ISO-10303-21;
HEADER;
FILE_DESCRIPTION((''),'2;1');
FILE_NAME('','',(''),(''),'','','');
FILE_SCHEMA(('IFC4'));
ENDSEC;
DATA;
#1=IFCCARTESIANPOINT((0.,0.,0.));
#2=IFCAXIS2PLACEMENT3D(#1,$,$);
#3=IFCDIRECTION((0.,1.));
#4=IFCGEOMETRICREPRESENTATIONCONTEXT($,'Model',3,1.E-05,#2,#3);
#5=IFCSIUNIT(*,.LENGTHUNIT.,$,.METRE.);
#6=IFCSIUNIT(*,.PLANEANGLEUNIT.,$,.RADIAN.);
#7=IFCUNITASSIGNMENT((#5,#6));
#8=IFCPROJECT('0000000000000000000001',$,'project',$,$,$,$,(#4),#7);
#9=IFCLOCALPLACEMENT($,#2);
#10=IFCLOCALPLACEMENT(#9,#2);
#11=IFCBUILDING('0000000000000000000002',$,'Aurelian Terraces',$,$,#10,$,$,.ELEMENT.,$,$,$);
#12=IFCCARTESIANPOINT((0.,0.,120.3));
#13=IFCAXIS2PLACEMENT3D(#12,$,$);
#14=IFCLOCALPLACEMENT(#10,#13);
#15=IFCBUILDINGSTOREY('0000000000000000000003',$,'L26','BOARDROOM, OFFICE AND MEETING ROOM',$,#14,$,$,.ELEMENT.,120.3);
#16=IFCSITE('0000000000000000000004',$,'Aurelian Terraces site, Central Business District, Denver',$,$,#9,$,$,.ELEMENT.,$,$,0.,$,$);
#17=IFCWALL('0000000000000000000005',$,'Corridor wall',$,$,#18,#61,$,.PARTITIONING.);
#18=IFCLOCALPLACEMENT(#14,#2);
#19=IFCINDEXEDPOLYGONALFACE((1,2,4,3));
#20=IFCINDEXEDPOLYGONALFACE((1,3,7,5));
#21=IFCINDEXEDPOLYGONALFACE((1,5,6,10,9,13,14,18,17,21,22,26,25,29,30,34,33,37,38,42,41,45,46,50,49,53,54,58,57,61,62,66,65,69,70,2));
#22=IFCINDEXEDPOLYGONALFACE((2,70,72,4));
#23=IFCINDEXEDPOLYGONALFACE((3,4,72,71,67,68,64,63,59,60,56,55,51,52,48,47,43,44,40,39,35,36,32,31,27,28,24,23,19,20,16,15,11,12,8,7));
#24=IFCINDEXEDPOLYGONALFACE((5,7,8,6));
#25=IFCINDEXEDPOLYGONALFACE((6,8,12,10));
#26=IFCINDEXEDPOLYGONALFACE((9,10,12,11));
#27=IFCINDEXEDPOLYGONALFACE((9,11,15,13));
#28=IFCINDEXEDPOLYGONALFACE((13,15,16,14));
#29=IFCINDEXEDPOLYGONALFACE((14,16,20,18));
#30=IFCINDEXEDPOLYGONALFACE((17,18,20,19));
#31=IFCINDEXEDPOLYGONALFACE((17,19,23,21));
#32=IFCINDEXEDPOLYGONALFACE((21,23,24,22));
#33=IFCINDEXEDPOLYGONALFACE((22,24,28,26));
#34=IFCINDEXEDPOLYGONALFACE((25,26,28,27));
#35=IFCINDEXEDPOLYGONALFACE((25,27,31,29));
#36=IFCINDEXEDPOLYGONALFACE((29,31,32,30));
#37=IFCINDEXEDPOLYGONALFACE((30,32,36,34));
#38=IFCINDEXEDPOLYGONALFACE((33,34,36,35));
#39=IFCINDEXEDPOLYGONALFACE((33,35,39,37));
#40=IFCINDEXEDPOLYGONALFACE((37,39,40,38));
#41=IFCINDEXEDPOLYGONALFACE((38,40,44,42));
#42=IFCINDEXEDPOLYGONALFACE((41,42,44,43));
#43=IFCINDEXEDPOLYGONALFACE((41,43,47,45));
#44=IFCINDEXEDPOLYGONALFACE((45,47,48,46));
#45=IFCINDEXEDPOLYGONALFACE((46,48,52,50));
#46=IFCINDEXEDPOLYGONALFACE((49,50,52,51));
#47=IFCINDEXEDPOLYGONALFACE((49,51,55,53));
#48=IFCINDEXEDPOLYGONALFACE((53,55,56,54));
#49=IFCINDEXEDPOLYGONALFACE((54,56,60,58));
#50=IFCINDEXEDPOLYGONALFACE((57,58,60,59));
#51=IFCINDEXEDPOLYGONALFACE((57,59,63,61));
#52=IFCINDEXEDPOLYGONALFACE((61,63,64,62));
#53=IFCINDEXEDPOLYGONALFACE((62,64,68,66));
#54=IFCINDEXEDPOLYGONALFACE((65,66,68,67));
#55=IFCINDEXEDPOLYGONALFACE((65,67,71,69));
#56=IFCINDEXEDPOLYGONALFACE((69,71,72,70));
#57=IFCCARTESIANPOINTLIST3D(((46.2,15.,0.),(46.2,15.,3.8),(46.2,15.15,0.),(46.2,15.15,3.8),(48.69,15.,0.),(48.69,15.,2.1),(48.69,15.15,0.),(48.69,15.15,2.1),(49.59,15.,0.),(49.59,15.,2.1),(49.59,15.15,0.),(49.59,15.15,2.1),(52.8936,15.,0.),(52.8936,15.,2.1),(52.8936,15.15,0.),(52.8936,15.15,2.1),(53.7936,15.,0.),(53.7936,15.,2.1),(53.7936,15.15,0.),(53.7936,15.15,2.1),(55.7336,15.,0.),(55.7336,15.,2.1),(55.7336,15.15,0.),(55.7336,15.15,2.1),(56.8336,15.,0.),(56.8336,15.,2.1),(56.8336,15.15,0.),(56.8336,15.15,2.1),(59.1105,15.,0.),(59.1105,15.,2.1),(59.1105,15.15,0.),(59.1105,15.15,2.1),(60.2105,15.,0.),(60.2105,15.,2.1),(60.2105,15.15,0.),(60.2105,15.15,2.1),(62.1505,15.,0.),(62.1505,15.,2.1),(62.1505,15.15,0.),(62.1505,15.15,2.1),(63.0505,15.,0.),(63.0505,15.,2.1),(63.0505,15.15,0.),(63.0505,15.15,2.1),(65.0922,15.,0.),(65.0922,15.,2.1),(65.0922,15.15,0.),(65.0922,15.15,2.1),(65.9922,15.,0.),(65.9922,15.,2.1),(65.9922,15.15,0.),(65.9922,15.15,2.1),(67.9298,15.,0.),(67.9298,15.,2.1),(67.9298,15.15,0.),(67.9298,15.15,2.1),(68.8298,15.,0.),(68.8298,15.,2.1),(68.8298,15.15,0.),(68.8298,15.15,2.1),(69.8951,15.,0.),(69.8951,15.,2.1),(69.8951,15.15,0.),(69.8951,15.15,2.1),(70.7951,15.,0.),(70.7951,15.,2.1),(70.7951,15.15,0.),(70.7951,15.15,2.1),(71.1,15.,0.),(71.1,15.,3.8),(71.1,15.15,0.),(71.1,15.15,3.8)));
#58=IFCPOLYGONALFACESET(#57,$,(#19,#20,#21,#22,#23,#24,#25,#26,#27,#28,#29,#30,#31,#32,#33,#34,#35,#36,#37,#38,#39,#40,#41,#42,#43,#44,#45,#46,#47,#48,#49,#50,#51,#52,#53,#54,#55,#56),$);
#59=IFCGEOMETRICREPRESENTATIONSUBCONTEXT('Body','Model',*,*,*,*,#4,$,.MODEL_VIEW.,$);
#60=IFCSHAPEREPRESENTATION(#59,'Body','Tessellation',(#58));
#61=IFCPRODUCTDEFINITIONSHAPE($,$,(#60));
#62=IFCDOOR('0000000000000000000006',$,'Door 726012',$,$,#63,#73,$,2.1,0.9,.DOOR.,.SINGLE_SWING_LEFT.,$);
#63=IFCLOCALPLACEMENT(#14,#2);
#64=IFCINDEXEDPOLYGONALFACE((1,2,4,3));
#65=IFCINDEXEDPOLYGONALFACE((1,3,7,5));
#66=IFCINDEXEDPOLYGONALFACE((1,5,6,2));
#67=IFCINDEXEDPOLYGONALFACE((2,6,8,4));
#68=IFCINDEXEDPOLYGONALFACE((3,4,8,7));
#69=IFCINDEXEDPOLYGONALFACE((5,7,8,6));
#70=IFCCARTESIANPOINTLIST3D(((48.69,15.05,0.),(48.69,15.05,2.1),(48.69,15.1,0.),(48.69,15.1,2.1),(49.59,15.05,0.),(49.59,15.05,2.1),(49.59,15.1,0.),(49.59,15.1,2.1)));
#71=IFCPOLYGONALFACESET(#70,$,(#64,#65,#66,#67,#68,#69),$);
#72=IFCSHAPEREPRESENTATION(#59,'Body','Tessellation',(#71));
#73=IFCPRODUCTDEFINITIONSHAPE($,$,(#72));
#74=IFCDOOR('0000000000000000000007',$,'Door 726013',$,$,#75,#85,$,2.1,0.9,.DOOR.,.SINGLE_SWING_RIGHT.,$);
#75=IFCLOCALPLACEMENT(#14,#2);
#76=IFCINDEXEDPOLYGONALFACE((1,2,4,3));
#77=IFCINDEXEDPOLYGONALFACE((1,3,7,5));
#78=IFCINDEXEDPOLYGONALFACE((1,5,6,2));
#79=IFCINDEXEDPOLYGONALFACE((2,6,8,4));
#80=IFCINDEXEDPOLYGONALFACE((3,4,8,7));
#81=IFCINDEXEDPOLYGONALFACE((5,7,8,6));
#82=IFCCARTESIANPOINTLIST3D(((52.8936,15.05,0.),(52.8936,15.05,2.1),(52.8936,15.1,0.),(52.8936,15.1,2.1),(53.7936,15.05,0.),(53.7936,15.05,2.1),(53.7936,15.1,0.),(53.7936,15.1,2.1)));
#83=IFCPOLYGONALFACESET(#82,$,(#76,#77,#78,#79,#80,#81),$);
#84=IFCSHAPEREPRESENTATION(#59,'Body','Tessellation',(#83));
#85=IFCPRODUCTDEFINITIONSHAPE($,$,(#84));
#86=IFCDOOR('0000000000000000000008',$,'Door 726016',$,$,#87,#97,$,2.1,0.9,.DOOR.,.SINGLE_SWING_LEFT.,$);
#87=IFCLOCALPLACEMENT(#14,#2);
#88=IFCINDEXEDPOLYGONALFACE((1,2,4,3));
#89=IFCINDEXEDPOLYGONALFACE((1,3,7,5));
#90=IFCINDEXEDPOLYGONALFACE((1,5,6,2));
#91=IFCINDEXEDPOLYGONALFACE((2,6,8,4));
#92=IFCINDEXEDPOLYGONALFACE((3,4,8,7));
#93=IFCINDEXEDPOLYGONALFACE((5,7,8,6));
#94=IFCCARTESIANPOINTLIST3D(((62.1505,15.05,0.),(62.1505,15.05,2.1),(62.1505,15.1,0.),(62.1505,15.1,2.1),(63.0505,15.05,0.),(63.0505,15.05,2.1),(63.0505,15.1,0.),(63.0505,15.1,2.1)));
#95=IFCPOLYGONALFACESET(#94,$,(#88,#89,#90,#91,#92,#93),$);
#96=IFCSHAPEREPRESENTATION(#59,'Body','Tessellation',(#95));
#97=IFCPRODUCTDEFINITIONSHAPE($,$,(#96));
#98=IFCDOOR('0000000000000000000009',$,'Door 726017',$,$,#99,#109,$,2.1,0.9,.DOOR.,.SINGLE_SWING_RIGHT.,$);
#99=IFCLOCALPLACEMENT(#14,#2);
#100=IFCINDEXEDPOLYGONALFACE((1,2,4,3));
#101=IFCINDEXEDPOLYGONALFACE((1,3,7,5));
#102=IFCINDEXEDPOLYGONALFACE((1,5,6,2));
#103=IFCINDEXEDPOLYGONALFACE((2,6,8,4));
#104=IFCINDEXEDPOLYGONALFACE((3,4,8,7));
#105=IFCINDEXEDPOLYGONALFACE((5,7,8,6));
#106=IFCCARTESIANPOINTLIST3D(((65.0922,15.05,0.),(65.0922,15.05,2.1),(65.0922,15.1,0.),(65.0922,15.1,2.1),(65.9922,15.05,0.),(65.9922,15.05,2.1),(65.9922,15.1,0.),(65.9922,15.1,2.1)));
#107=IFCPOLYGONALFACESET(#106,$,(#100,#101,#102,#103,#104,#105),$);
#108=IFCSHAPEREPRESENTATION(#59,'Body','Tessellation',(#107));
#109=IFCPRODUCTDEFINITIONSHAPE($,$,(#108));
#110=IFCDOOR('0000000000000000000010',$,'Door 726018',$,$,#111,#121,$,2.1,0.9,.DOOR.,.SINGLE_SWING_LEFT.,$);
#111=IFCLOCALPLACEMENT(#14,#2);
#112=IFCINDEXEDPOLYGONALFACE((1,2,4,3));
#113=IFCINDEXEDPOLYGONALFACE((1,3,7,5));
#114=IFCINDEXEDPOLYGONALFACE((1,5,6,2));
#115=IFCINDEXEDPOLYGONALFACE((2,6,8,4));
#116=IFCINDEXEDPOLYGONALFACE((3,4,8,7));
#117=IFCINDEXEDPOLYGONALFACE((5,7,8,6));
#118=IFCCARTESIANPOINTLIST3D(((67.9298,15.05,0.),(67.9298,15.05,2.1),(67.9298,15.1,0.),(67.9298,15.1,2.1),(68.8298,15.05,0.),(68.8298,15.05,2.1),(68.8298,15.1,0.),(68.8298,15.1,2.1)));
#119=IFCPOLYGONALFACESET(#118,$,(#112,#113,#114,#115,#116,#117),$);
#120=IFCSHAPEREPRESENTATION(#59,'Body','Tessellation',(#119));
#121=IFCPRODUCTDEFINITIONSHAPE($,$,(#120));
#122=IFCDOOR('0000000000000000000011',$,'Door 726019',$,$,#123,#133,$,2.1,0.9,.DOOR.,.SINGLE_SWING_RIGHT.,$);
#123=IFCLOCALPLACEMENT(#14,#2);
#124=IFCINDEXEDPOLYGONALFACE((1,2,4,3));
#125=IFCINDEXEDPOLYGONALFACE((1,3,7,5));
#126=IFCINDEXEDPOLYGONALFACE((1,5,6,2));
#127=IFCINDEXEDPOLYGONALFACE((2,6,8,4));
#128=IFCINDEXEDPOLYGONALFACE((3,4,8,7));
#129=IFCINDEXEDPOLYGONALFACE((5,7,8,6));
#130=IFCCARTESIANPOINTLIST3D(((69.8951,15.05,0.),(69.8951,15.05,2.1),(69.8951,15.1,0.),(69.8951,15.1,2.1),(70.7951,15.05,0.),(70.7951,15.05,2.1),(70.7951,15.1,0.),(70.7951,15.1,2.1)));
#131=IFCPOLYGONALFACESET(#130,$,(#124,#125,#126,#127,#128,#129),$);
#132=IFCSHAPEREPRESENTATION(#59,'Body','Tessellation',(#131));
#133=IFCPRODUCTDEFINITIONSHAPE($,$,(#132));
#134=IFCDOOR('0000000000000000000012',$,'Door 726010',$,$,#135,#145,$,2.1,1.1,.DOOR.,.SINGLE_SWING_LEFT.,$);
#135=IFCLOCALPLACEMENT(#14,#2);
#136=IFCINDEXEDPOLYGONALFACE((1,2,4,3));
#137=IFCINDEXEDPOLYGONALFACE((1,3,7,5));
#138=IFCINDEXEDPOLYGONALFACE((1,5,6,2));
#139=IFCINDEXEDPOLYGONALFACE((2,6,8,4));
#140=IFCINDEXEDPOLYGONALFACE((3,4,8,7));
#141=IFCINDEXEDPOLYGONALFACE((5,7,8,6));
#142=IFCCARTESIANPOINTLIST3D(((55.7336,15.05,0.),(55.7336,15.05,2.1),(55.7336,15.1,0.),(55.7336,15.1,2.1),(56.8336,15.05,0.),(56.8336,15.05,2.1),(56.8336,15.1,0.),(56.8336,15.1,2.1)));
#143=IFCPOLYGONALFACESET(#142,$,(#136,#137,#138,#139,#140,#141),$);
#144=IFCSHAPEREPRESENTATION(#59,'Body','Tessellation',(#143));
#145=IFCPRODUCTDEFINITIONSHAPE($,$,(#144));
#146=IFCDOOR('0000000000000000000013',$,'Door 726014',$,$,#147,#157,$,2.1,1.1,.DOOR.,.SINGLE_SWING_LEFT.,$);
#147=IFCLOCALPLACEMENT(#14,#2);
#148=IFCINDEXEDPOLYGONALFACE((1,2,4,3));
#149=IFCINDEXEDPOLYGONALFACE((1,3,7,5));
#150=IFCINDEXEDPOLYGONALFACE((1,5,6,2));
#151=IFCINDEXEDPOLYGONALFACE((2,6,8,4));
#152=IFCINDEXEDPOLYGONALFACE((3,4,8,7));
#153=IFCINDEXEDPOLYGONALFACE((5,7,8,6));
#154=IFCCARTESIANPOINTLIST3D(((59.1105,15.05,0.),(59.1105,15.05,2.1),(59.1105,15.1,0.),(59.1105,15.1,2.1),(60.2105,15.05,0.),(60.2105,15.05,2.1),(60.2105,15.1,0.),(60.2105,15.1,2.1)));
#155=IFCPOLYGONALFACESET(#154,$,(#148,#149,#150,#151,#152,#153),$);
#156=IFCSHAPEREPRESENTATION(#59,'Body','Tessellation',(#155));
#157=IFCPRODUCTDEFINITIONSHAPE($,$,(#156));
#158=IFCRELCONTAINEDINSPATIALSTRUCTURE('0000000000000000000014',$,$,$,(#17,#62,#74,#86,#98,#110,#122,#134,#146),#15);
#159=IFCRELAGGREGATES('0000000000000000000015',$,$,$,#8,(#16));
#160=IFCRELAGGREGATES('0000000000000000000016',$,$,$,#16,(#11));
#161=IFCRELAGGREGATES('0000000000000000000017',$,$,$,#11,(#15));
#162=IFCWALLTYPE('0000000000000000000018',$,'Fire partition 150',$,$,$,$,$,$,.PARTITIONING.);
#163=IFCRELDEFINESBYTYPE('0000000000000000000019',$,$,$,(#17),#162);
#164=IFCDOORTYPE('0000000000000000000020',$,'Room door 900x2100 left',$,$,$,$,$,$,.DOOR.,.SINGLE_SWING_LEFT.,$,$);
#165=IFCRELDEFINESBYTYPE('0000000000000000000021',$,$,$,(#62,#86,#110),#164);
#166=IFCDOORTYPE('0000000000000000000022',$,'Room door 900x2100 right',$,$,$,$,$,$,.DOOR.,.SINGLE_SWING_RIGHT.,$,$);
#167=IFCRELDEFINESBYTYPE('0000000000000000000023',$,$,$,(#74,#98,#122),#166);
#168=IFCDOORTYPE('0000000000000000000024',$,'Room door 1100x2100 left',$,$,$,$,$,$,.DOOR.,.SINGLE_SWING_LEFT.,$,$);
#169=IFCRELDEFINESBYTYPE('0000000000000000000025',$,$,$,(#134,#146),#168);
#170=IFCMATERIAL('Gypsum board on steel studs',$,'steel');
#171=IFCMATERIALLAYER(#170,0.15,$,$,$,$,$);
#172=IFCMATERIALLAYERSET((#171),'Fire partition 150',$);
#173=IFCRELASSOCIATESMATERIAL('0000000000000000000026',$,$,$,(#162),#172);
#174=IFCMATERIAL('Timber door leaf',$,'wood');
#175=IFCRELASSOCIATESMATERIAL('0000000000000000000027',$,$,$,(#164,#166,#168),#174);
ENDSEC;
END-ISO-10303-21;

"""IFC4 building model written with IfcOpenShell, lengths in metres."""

from ifc_helpers import new_model, si_unit, direction, frame, frame_2d, origin, place, context, subcontext, project, spatial, rectangle, extrude, source, transform, mapped, material, layer, layer_set, type_object, element, fill, save


model = new_model("IFC4")

# Units and contexts
model_context = context("Model", 3, precision=1e-05, world=origin(), true_north=direction((0.0, 1.0)))
body_context = subcontext(model_context, "Body", "Model", "MODEL_VIEW")
ifc_project = project(units=[si_unit("LENGTHUNIT", "METRE"), si_unit("PLANEANGLEUNIT", "RADIAN")], contexts=[model_context])

# Site, building, storey
site_placement = place(None, origin())
site = spatial("IfcSite", under=ifc_project, at=site_placement, Name="Aurelian Terraces site, Central Business District, Denver", CompositionType="ELEMENT", RefElevation=0.0)
building_placement = place(site_placement, origin())
building = spatial("IfcBuilding", under=site, at=building_placement, Name="Aurelian Terraces", CompositionType="ELEMENT")
storey_placement = place(building_placement, frame((0.0, 0.0, 120.3)))
storey = spatial("IfcBuildingStorey", under=building, at=storey_placement, Name="L26", Description="BOARDROOM, OFFICE AND MEETING ROOM", CompositionType="ELEMENT", Elevation=120.3)

# Wall, openings, doors
ifc_material_1 = material(Name="Gypsum board on steel studs", Category="steel")
ifc_layer_1 = layer(ifc_material_1, 0.15)
ifc_layer_set_1 = layer_set([ifc_layer_1], Name="Fire partition 150")
wall_type_1 = type_object("IfcWallType", Name="Fire partition 150", PredefinedType="PARTITIONING", material=ifc_layer_set_1)
shared_shape_1 = source(origin(), body_context, "Body", "SweptSolid", [
    extrude(rectangle(XDim=24.9, YDim=0.15, at=frame_2d((12.45, 0.0))), origin(), (0.0, 0.0, 1.0), 3.8),
])
wall_1_placement = place(storey_placement, frame((71.1, 15.075, 0.0), z_axis=(0.0, 0.0, 1.0), x_axis=(-1.0, 0.0, 0.0)))
wall_1 = element("IfcWall", 1, at=wall_1_placement, inside=storey, type_object=wall_type_1, Name="Corridor wall", PredefinedType="PARTITIONING", context=body_context, shape_type="MappedRepresentation", body=[
    mapped(shared_shape_1, transform((0.0, 0.0, 0.0), scale=1.0)),
])
shared_shape_2 = source(origin(), body_context, "Body", "SweptSolid", [
    extrude(rectangle(XDim=1.1, YDim=2.1, at=frame_2d((0.55, 1.05))), frame((0.0, 0.085, 0.0), z_axis=(0.0, -1.0, 0.0), x_axis=(1.0, 0.0, 0.0)), (0.0, 0.0, 1.0), 0.17),
])
opening_1_placement = place(wall_1_placement, frame((14.2664, 0.0, 0.0)))
opening_1 = element("IfcOpeningElement", 2, at=opening_1_placement, cuts=wall_1, PredefinedType="OPENING", context=body_context, shape_type="MappedRepresentation", body=[
    mapped(shared_shape_2, transform((0.0, 0.0, 0.0), scale=1.0)),
])
shared_shape_3 = source(origin(), body_context, "Body", "SweptSolid", [
    extrude(rectangle(XDim=0.9, YDim=2.1, at=frame_2d((0.45, 1.05))), frame((0.0, 0.085, 0.0), z_axis=(0.0, -1.0, 0.0), x_axis=(1.0, 0.0, 0.0)), (0.0, 0.0, 1.0), 0.17),
])
opening_2_placement = place(wall_1_placement, frame((21.51, 0.0, 0.0)))
opening_2 = element("IfcOpeningElement", 3, at=opening_2_placement, cuts=wall_1, PredefinedType="OPENING", context=body_context, shape_type="MappedRepresentation", body=[
    mapped(shared_shape_3, transform((0.0, 0.0, 0.0), scale=1.0)),
])
opening_3_placement = place(wall_1_placement, frame((17.3064, 0.0, 0.0)))
opening_3 = element("IfcOpeningElement", 4, at=opening_3_placement, cuts=wall_1, PredefinedType="OPENING", context=body_context, shape_type="MappedRepresentation", body=[
    mapped(shared_shape_3, transform((0.0, 0.0, 0.0), scale=1.0)),
])
opening_4_placement = place(wall_1_placement, frame((10.8895, 0.0, 0.0)))
opening_4 = element("IfcOpeningElement", 5, at=opening_4_placement, cuts=wall_1, PredefinedType="OPENING", context=body_context, shape_type="MappedRepresentation", body=[
    mapped(shared_shape_2, transform((0.0, 0.0, 0.0), scale=1.0)),
])
opening_5_placement = place(wall_1_placement, frame((8.0495, 0.0, 0.0)))
opening_5 = element("IfcOpeningElement", 6, at=opening_5_placement, cuts=wall_1, PredefinedType="OPENING", context=body_context, shape_type="MappedRepresentation", body=[
    mapped(shared_shape_3, transform((0.0, 0.0, 0.0), scale=1.0)),
])
opening_6_placement = place(wall_1_placement, frame((5.1078, 0.0, 0.0)))
opening_6 = element("IfcOpeningElement", 7, at=opening_6_placement, cuts=wall_1, PredefinedType="OPENING", context=body_context, shape_type="MappedRepresentation", body=[
    mapped(shared_shape_3, transform((0.0, 0.0, 0.0), scale=1.0)),
])
opening_7_placement = place(wall_1_placement, frame((2.2702, 0.0, 0.0)))
opening_7 = element("IfcOpeningElement", 8, at=opening_7_placement, cuts=wall_1, PredefinedType="OPENING", context=body_context, shape_type="MappedRepresentation", body=[
    mapped(shared_shape_3, transform((0.0, 0.0, 0.0), scale=1.0)),
])
opening_8_placement = place(wall_1_placement, frame((0.3049, 0.0, 0.0)))
opening_8 = element("IfcOpeningElement", 9, at=opening_8_placement, cuts=wall_1, PredefinedType="OPENING", context=body_context, shape_type="MappedRepresentation", body=[
    mapped(shared_shape_3, transform((0.0, 0.0, 0.0), scale=1.0)),
])
ifc_material_2 = material(Name="Timber door leaf", Category="wood")
door_type_1 = type_object("IfcDoorType", Name="Room door 900x2100 left", OperationType="SINGLE_SWING_LEFT", PredefinedType="DOOR", material=ifc_material_2)
shared_shape_4 = source(origin(), body_context, "Body", "SweptSolid", [
    extrude(rectangle(XDim=0.9, YDim=2.1, at=frame_2d((0.45, 1.05))), frame((0.0, 0.025, 0.0), z_axis=(0.0, -1.0, 0.0), x_axis=(1.0, 0.0, 0.0)), (0.0, 0.0, 1.0), 0.05),
])
door_1_placement = place(opening_2_placement, origin())
door_1 = element("IfcDoor", 10, at=door_1_placement, inside=storey, type_object=door_type_1, Name="Door 726012", OperationType="SINGLE_SWING_LEFT", OverallHeight=2.1, OverallWidth=0.9, PredefinedType="DOOR", context=body_context, shape_type="MappedRepresentation", body=[
    mapped(shared_shape_4, transform((0.0, 0.0, 0.0), scale=1.0)),
])
fill(opening_2, door_1)
door_type_2 = type_object("IfcDoorType", Name="Room door 900x2100 right", OperationType="SINGLE_SWING_RIGHT", PredefinedType="DOOR", material=ifc_material_2)
door_2_placement = place(opening_3_placement, origin())
door_2 = element("IfcDoor", 11, at=door_2_placement, inside=storey, type_object=door_type_2, Name="Door 726013", OperationType="SINGLE_SWING_RIGHT", OverallHeight=2.1, OverallWidth=0.9, PredefinedType="DOOR", context=body_context, shape_type="MappedRepresentation", body=[
    mapped(shared_shape_4, transform((0.0, 0.0, 0.0), scale=1.0)),
])
fill(opening_3, door_2)
door_3_placement = place(opening_5_placement, origin())
door_3 = element("IfcDoor", 12, at=door_3_placement, inside=storey, type_object=door_type_1, Name="Door 726016", OperationType="SINGLE_SWING_LEFT", OverallHeight=2.1, OverallWidth=0.9, PredefinedType="DOOR", context=body_context, shape_type="MappedRepresentation", body=[
    mapped(shared_shape_4, transform((0.0, 0.0, 0.0), scale=1.0)),
])
fill(opening_5, door_3)
door_4_placement = place(opening_6_placement, origin())
door_4 = element("IfcDoor", 13, at=door_4_placement, inside=storey, type_object=door_type_2, Name="Door 726017", OperationType="SINGLE_SWING_RIGHT", OverallHeight=2.1, OverallWidth=0.9, PredefinedType="DOOR", context=body_context, shape_type="MappedRepresentation", body=[
    mapped(shared_shape_4, transform((0.0, 0.0, 0.0), scale=1.0)),
])
fill(opening_6, door_4)
door_5_placement = place(opening_7_placement, origin())
door_5 = element("IfcDoor", 14, at=door_5_placement, inside=storey, type_object=door_type_1, Name="Door 726018", OperationType="SINGLE_SWING_LEFT", OverallHeight=2.1, OverallWidth=0.9, PredefinedType="DOOR", context=body_context, shape_type="MappedRepresentation", body=[
    mapped(shared_shape_4, transform((0.0, 0.0, 0.0), scale=1.0)),
])
fill(opening_7, door_5)
door_6_placement = place(opening_8_placement, origin())
door_6 = element("IfcDoor", 15, at=door_6_placement, inside=storey, type_object=door_type_2, Name="Door 726019", OperationType="SINGLE_SWING_RIGHT", OverallHeight=2.1, OverallWidth=0.9, PredefinedType="DOOR", context=body_context, shape_type="MappedRepresentation", body=[
    mapped(shared_shape_4, transform((0.0, 0.0, 0.0), scale=1.0)),
])
fill(opening_8, door_6)
door_type_3 = type_object("IfcDoorType", Name="Room door 1100x2100 left", OperationType="SINGLE_SWING_LEFT", PredefinedType="DOOR", material=ifc_material_2)
shared_shape_5 = source(origin(), body_context, "Body", "SweptSolid", [
    extrude(rectangle(XDim=1.1, YDim=2.1, at=frame_2d((0.55, 1.05))), frame((0.0, 0.025, 0.0), z_axis=(0.0, -1.0, 0.0), x_axis=(1.0, 0.0, 0.0)), (0.0, 0.0, 1.0), 0.05),
])
door_7_placement = place(opening_1_placement, origin())
door_7 = element("IfcDoor", 16, at=door_7_placement, inside=storey, type_object=door_type_3, Name="Door 726010", OperationType="SINGLE_SWING_LEFT", OverallHeight=2.1, OverallWidth=1.1, PredefinedType="DOOR", context=body_context, shape_type="MappedRepresentation", body=[
    mapped(shared_shape_5, transform((0.0, 0.0, 0.0), scale=1.0)),
])
fill(opening_1, door_7)
door_8_placement = place(opening_4_placement, origin())
door_8 = element("IfcDoor", 17, at=door_8_placement, inside=storey, type_object=door_type_3, Name="Door 726014", OperationType="SINGLE_SWING_LEFT", OverallHeight=2.1, OverallWidth=1.1, PredefinedType="DOOR", context=body_context, shape_type="MappedRepresentation", body=[
    mapped(shared_shape_5, transform((0.0, 0.0, 0.0), scale=1.0)),
])
fill(opening_4, door_8)

save(model, "model.ifc")
